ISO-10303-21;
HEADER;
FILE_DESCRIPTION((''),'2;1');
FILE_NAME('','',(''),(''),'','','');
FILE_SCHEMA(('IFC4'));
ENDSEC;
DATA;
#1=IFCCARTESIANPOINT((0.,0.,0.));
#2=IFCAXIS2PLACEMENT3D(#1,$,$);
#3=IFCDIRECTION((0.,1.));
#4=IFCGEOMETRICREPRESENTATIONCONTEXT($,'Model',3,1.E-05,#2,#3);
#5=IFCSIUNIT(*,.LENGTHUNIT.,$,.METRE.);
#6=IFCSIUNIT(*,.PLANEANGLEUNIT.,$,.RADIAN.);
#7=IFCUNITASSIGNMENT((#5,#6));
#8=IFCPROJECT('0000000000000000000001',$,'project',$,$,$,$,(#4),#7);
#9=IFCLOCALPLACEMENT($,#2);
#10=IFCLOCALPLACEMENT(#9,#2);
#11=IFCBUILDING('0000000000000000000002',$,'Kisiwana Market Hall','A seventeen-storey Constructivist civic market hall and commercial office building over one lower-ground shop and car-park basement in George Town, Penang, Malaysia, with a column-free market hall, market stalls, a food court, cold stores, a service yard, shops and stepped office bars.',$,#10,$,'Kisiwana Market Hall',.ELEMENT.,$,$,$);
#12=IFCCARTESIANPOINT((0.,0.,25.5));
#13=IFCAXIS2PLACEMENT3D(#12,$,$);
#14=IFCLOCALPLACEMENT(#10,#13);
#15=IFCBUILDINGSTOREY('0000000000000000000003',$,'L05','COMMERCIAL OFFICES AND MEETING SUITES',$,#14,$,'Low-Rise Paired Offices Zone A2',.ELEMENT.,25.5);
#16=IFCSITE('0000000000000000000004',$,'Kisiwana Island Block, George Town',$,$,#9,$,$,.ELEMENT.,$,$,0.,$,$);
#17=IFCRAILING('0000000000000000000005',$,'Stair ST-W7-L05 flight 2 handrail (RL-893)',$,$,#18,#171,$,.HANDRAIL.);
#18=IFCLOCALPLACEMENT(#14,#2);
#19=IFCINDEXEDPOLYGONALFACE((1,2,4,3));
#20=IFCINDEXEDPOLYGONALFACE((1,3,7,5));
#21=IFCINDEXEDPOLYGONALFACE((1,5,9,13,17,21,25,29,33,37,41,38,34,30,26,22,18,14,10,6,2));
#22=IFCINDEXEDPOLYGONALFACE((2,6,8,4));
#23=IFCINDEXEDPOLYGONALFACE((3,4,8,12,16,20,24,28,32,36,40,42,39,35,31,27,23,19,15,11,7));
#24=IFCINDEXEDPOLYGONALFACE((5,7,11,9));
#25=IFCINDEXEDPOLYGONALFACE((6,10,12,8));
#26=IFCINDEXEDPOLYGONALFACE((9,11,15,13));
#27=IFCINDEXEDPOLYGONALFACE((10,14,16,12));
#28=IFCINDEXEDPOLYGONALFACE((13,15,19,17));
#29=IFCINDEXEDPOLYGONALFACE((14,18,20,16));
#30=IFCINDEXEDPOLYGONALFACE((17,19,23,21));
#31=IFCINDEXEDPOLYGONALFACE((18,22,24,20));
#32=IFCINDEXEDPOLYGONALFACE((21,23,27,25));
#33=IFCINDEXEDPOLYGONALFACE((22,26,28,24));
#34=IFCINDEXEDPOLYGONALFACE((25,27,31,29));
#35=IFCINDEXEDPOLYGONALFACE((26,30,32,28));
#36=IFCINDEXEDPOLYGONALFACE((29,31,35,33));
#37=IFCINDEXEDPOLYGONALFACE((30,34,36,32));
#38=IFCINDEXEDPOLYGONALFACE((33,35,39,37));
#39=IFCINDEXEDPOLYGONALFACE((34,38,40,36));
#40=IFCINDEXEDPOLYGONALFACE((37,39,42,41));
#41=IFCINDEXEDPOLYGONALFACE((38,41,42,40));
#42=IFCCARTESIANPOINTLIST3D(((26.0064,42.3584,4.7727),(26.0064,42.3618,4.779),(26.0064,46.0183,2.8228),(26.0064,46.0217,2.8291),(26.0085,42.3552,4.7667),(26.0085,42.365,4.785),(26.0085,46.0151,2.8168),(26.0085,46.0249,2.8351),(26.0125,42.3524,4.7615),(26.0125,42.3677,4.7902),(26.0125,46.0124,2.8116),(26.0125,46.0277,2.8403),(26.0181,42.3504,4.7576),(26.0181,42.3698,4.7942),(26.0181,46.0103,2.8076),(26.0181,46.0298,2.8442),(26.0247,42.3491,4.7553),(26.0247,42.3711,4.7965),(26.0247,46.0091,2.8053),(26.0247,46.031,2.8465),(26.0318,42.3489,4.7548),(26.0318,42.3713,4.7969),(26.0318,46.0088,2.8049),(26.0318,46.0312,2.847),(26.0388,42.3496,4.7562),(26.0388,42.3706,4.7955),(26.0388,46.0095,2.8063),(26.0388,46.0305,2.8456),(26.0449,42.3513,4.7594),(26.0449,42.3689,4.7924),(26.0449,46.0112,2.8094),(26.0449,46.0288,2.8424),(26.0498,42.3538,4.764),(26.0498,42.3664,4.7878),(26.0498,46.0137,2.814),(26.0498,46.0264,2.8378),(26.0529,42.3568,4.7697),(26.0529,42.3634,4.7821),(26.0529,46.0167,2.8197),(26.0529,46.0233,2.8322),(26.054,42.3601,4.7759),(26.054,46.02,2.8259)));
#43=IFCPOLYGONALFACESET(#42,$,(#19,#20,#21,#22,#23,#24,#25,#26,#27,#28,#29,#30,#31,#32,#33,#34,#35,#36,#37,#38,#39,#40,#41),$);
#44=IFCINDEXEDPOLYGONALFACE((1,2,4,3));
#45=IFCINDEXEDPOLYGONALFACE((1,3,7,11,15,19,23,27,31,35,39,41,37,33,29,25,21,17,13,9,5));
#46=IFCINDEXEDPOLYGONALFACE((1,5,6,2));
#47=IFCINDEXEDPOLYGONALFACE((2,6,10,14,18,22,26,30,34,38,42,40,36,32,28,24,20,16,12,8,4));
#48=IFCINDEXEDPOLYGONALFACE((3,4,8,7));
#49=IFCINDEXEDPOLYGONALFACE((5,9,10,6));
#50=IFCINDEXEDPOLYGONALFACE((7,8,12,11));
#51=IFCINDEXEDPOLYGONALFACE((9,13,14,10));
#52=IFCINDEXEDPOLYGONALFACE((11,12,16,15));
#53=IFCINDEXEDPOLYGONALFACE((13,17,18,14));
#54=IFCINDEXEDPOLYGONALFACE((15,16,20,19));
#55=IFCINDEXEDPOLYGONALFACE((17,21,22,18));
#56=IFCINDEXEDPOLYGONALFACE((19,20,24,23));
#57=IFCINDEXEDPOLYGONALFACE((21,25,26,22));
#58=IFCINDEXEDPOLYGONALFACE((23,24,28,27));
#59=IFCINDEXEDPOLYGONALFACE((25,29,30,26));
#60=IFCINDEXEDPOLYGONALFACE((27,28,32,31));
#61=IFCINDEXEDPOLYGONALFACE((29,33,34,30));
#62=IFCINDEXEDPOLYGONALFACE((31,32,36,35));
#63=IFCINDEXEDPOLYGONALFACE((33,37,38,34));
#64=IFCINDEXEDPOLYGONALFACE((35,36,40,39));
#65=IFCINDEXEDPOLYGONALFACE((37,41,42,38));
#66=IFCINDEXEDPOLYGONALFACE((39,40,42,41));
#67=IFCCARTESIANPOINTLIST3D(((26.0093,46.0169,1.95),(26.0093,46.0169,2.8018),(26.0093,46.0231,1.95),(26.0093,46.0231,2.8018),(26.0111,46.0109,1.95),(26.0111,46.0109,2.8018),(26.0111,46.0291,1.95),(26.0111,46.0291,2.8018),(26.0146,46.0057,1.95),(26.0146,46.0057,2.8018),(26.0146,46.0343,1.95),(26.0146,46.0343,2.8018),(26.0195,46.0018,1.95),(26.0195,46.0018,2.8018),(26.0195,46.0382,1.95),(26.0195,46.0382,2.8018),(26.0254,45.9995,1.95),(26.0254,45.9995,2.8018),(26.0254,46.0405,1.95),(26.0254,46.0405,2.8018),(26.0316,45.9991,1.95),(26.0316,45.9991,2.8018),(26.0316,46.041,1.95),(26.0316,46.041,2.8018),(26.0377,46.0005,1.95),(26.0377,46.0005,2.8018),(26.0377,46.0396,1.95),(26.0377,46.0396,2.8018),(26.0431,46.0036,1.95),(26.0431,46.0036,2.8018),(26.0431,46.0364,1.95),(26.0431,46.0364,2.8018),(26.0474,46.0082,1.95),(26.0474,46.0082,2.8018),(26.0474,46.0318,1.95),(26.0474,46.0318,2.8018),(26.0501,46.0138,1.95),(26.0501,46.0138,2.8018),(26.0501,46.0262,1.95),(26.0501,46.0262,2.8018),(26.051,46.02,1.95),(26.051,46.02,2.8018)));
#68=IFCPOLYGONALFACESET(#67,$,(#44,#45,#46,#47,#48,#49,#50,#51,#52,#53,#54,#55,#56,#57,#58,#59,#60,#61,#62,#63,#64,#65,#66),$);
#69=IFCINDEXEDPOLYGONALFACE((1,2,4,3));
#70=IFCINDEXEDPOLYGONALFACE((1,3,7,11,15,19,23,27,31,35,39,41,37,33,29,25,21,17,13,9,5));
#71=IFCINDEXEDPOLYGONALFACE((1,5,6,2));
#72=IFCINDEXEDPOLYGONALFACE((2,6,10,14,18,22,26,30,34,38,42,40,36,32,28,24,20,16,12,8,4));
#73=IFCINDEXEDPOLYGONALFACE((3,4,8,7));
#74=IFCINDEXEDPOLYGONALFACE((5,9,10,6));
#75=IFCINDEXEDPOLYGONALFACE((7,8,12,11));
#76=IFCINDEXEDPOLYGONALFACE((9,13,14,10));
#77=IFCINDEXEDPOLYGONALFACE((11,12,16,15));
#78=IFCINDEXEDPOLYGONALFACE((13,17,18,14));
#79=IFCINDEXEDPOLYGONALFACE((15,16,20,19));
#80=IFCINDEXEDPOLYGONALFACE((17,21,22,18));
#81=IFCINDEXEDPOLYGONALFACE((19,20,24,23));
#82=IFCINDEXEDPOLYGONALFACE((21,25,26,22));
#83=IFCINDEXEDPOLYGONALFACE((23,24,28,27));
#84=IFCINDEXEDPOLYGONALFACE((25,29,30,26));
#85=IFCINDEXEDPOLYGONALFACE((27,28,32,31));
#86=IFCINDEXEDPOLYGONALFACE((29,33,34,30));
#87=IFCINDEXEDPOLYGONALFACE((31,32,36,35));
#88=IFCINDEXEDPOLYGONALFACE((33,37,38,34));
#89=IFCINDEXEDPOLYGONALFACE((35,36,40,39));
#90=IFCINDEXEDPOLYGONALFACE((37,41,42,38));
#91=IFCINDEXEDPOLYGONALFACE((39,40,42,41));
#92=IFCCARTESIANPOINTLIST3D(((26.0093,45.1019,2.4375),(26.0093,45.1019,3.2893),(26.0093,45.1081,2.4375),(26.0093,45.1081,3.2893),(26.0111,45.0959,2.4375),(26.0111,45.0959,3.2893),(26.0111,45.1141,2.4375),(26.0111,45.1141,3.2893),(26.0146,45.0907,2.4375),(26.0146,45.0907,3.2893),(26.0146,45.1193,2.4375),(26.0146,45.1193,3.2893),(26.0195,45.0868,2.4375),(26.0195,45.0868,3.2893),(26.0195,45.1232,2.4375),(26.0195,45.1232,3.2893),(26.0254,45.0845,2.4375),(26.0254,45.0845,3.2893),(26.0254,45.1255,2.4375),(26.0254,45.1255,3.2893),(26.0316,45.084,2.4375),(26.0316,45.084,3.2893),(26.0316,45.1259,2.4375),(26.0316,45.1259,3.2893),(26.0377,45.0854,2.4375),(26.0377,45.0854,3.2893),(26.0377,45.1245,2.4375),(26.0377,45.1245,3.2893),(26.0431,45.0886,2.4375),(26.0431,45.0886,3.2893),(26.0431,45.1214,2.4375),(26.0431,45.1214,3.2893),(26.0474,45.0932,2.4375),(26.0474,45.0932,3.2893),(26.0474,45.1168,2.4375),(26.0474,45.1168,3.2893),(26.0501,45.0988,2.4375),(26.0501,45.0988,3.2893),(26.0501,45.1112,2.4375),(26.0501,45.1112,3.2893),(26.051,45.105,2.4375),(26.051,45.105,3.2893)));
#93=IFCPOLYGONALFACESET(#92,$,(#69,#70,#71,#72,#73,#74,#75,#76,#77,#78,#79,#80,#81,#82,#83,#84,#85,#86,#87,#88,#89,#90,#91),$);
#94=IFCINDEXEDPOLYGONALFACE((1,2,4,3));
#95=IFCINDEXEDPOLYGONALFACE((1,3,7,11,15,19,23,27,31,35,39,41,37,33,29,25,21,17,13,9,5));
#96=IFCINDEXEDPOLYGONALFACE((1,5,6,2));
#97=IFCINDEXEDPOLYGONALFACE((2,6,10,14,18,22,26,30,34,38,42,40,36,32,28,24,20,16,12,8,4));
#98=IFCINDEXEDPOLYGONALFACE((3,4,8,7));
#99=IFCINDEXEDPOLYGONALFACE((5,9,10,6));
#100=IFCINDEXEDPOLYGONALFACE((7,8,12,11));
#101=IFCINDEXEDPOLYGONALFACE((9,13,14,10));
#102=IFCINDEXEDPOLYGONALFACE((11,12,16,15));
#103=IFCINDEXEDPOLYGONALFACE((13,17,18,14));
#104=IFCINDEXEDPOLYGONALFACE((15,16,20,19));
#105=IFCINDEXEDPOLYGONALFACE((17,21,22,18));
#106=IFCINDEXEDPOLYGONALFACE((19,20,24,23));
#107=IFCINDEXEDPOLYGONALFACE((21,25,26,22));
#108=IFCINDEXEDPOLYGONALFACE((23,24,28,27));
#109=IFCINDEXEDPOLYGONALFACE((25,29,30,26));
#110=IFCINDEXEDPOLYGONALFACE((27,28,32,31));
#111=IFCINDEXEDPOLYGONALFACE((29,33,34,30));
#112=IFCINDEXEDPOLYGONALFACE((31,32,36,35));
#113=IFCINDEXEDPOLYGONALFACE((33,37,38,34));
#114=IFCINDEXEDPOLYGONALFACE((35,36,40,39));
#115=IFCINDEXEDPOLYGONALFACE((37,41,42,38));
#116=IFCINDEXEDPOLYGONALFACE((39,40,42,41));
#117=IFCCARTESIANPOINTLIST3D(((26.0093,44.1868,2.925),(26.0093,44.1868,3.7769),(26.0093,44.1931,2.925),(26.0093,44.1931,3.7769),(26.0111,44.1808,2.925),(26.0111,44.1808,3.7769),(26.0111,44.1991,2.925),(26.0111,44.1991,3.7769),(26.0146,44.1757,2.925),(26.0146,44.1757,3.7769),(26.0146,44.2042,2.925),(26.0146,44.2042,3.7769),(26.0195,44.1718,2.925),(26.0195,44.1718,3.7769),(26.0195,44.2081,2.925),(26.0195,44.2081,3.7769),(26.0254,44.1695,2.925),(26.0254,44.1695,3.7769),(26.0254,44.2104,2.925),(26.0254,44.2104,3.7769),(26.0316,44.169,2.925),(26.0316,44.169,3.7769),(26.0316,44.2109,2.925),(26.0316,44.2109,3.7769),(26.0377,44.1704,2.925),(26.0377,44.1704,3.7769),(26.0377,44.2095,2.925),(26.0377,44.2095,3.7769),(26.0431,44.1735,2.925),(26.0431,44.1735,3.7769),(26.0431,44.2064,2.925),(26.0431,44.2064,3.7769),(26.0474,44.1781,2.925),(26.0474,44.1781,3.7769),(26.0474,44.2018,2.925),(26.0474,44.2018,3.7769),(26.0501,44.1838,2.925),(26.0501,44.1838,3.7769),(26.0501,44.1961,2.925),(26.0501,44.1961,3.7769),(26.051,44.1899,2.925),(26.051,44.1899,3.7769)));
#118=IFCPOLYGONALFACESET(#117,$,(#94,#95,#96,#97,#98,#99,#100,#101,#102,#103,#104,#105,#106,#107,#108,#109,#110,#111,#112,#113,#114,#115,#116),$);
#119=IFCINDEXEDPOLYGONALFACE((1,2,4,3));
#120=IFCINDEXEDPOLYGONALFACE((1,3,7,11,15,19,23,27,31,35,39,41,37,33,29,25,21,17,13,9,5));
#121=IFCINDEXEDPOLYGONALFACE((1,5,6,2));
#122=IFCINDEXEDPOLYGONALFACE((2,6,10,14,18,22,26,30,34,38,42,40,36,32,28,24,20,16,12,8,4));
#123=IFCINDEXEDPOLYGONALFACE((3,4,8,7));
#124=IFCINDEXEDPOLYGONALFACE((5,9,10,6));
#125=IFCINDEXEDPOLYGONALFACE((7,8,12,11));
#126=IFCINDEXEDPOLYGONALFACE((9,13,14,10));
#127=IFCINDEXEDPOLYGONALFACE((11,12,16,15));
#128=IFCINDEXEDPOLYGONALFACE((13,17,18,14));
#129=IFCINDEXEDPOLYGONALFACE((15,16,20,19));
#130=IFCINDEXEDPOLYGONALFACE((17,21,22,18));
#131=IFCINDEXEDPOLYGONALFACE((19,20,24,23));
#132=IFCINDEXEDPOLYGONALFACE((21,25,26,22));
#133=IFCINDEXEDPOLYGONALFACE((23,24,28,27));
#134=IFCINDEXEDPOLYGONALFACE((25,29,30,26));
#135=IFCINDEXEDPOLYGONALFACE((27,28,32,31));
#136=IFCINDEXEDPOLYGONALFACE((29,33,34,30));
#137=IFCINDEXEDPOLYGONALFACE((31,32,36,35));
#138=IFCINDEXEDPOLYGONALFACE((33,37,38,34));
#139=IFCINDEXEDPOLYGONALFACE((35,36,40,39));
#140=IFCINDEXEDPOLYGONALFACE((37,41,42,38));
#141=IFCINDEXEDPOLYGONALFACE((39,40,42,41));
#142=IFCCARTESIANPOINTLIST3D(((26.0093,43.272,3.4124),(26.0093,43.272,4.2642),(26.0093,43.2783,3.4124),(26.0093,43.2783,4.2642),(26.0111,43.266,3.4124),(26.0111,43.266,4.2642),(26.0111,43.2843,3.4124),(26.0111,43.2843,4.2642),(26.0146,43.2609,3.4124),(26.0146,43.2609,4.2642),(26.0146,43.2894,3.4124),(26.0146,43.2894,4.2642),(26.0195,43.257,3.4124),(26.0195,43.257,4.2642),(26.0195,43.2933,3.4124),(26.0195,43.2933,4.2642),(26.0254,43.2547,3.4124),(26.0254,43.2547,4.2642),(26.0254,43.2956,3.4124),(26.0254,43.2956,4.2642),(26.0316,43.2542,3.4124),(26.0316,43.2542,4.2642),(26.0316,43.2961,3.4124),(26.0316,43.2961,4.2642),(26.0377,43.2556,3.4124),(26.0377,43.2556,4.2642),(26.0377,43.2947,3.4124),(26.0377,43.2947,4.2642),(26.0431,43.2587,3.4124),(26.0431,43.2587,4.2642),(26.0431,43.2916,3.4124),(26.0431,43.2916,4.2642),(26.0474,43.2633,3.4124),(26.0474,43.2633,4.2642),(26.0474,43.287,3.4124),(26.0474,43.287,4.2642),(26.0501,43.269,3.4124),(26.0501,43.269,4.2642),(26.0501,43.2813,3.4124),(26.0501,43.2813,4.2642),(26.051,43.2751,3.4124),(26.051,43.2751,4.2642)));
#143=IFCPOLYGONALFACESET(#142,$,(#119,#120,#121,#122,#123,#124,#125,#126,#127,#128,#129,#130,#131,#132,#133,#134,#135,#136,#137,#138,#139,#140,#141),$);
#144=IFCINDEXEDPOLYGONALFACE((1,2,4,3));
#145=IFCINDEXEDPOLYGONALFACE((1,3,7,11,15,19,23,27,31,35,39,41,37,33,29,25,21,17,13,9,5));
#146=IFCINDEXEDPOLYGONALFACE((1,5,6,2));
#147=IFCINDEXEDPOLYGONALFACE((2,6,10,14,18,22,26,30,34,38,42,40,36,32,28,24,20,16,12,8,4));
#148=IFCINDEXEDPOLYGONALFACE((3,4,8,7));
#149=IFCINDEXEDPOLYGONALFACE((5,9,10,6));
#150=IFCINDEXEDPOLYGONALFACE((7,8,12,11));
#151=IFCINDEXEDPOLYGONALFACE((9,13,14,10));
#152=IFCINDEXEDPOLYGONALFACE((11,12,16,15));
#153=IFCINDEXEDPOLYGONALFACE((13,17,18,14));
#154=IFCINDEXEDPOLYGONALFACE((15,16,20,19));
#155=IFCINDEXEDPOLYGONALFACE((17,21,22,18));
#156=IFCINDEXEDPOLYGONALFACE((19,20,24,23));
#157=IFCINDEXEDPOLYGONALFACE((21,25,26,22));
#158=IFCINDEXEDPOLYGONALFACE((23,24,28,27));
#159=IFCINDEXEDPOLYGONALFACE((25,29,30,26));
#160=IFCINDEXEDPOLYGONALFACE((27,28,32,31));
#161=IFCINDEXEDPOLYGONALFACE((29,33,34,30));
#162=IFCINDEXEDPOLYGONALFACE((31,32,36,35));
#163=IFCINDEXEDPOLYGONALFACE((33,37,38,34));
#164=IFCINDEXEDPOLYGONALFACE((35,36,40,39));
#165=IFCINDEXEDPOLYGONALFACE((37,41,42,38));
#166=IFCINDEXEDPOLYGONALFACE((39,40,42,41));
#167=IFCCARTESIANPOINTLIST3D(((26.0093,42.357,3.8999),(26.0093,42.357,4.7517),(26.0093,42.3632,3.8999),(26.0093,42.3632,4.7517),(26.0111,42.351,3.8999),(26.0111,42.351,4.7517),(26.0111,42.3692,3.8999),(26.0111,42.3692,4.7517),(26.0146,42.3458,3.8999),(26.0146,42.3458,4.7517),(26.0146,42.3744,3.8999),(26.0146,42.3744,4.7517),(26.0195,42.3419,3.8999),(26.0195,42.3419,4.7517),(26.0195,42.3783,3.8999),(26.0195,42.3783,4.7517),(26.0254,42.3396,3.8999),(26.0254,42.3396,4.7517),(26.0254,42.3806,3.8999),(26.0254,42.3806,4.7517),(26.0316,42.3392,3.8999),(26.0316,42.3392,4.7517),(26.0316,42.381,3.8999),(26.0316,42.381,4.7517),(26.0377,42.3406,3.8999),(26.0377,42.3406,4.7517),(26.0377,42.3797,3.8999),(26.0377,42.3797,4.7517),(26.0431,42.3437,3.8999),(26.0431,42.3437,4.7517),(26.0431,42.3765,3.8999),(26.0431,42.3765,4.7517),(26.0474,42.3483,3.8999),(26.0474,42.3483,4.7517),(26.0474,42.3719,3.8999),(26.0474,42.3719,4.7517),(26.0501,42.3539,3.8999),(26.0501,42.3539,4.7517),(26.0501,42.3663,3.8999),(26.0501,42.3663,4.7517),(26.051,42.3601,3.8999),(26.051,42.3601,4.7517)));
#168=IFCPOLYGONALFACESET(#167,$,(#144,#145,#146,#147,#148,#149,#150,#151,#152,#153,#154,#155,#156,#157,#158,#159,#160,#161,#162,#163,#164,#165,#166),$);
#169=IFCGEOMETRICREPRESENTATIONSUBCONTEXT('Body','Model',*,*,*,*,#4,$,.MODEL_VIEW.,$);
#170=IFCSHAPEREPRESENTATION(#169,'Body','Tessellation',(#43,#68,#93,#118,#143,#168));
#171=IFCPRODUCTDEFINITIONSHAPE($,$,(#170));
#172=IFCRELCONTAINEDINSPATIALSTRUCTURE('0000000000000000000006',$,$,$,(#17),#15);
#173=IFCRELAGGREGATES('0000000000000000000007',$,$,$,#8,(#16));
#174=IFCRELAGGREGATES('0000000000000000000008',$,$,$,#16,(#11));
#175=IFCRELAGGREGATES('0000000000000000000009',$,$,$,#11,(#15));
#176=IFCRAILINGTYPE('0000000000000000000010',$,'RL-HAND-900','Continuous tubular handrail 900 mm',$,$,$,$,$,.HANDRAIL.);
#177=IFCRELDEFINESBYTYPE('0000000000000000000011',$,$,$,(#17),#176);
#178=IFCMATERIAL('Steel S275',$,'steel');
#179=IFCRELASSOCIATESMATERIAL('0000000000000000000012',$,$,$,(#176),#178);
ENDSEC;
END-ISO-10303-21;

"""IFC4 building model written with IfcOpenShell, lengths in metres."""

from ifc_helpers import new_model, si_unit, direction, frame, origin, origin_2d, place, context, subcontext, project, spatial, circle, extrude, material, type_object, element, save


model = new_model("IFC4")

# Units and contexts
model_context = context("Model", 3, precision=1e-05, world=origin(), true_north=direction((0.0, 1.0)))
body_context = subcontext(model_context, "Body", "Model", "MODEL_VIEW")
ifc_project = project(units=[si_unit("LENGTHUNIT", "METRE"), si_unit("PLANEANGLEUNIT", "RADIAN")], contexts=[model_context])

# Site, building, storey
site_placement = place(None, origin())
site = spatial("IfcSite", under=ifc_project, at=site_placement, Name="Kisiwana Island Block, George Town", CompositionType="ELEMENT", RefElevation=0.0)
building_placement = place(site_placement, origin())
building = spatial("IfcBuilding", under=site, at=building_placement, Name="Kisiwana Market Hall", Description="A seventeen-storey Constructivist civic market hall and commercial office building over one lower-ground shop and car-park basement in George Town, Penang, Malaysia, with a column-free market hall, market stalls, a food court, cold stores, a service yard, shops and stepped office bars.", LongName="Kisiwana Market Hall", CompositionType="ELEMENT")
storey_placement = place(building_placement, frame((0.0, 0.0, 25.5)))
storey = spatial("IfcBuildingStorey", under=building, at=storey_placement, Name="L05", Description="COMMERCIAL OFFICES AND MEETING SUITES", LongName="Low-Rise Paired Offices Zone A2", CompositionType="ELEMENT", Elevation=25.5)

# Railing
ifc_material_1 = material(Name="Steel S275", Category="steel")
railing_type_1 = type_object("IfcRailingType", Name="RL-HAND-900", Description="Continuous tubular handrail 900 mm", PredefinedType="HANDRAIL", material=ifc_material_1)
for number, where, name in (
    (1, (26.03, 46.02, 1.95), "Stair ST-W7-L05 flight 2 handrail (RL-893)"),
):
    element("IfcRailing", number, at=place(storey_placement, frame(where)), inside=storey, type_object=railing_type_1, Name=name, PredefinedType="HANDRAIL", context=body_context, shape_type="SweptSolid", body=[
        extrude(circle(Radius=0.0239, at=origin_2d()), frame((0.0, 0.0, 0.876), z_axis=(0.0, -0.882553, 0.470212), x_axis=(1.0, 0.0, 0.0)), (0.0, 0.0, 1.0), 4.147),
        extrude(circle(Radius=0.021, at=origin_2d()), origin(), (0.0, 0.0, 1.0), 0.8518),
        extrude(circle(Radius=0.021, at=origin_2d()), frame((0.0, -0.915, 0.4875)), (0.0, 0.0, 1.0), 0.8518),
        extrude(circle(Radius=0.021, at=origin_2d()), frame((0.0, -1.8301, 0.9751)), (0.0, 0.0, 1.0), 0.8518),
        extrude(circle(Radius=0.021, at=origin_2d()), frame((0.0, -2.7449, 1.4624)), (0.0, 0.0, 1.0), 0.8518),
        extrude(circle(Radius=0.021, at=origin_2d()), frame((0.0, -3.6599, 1.95)), (0.0, 0.0, 1.0), 0.8518),
    ])

save(model, "model.ifc")
